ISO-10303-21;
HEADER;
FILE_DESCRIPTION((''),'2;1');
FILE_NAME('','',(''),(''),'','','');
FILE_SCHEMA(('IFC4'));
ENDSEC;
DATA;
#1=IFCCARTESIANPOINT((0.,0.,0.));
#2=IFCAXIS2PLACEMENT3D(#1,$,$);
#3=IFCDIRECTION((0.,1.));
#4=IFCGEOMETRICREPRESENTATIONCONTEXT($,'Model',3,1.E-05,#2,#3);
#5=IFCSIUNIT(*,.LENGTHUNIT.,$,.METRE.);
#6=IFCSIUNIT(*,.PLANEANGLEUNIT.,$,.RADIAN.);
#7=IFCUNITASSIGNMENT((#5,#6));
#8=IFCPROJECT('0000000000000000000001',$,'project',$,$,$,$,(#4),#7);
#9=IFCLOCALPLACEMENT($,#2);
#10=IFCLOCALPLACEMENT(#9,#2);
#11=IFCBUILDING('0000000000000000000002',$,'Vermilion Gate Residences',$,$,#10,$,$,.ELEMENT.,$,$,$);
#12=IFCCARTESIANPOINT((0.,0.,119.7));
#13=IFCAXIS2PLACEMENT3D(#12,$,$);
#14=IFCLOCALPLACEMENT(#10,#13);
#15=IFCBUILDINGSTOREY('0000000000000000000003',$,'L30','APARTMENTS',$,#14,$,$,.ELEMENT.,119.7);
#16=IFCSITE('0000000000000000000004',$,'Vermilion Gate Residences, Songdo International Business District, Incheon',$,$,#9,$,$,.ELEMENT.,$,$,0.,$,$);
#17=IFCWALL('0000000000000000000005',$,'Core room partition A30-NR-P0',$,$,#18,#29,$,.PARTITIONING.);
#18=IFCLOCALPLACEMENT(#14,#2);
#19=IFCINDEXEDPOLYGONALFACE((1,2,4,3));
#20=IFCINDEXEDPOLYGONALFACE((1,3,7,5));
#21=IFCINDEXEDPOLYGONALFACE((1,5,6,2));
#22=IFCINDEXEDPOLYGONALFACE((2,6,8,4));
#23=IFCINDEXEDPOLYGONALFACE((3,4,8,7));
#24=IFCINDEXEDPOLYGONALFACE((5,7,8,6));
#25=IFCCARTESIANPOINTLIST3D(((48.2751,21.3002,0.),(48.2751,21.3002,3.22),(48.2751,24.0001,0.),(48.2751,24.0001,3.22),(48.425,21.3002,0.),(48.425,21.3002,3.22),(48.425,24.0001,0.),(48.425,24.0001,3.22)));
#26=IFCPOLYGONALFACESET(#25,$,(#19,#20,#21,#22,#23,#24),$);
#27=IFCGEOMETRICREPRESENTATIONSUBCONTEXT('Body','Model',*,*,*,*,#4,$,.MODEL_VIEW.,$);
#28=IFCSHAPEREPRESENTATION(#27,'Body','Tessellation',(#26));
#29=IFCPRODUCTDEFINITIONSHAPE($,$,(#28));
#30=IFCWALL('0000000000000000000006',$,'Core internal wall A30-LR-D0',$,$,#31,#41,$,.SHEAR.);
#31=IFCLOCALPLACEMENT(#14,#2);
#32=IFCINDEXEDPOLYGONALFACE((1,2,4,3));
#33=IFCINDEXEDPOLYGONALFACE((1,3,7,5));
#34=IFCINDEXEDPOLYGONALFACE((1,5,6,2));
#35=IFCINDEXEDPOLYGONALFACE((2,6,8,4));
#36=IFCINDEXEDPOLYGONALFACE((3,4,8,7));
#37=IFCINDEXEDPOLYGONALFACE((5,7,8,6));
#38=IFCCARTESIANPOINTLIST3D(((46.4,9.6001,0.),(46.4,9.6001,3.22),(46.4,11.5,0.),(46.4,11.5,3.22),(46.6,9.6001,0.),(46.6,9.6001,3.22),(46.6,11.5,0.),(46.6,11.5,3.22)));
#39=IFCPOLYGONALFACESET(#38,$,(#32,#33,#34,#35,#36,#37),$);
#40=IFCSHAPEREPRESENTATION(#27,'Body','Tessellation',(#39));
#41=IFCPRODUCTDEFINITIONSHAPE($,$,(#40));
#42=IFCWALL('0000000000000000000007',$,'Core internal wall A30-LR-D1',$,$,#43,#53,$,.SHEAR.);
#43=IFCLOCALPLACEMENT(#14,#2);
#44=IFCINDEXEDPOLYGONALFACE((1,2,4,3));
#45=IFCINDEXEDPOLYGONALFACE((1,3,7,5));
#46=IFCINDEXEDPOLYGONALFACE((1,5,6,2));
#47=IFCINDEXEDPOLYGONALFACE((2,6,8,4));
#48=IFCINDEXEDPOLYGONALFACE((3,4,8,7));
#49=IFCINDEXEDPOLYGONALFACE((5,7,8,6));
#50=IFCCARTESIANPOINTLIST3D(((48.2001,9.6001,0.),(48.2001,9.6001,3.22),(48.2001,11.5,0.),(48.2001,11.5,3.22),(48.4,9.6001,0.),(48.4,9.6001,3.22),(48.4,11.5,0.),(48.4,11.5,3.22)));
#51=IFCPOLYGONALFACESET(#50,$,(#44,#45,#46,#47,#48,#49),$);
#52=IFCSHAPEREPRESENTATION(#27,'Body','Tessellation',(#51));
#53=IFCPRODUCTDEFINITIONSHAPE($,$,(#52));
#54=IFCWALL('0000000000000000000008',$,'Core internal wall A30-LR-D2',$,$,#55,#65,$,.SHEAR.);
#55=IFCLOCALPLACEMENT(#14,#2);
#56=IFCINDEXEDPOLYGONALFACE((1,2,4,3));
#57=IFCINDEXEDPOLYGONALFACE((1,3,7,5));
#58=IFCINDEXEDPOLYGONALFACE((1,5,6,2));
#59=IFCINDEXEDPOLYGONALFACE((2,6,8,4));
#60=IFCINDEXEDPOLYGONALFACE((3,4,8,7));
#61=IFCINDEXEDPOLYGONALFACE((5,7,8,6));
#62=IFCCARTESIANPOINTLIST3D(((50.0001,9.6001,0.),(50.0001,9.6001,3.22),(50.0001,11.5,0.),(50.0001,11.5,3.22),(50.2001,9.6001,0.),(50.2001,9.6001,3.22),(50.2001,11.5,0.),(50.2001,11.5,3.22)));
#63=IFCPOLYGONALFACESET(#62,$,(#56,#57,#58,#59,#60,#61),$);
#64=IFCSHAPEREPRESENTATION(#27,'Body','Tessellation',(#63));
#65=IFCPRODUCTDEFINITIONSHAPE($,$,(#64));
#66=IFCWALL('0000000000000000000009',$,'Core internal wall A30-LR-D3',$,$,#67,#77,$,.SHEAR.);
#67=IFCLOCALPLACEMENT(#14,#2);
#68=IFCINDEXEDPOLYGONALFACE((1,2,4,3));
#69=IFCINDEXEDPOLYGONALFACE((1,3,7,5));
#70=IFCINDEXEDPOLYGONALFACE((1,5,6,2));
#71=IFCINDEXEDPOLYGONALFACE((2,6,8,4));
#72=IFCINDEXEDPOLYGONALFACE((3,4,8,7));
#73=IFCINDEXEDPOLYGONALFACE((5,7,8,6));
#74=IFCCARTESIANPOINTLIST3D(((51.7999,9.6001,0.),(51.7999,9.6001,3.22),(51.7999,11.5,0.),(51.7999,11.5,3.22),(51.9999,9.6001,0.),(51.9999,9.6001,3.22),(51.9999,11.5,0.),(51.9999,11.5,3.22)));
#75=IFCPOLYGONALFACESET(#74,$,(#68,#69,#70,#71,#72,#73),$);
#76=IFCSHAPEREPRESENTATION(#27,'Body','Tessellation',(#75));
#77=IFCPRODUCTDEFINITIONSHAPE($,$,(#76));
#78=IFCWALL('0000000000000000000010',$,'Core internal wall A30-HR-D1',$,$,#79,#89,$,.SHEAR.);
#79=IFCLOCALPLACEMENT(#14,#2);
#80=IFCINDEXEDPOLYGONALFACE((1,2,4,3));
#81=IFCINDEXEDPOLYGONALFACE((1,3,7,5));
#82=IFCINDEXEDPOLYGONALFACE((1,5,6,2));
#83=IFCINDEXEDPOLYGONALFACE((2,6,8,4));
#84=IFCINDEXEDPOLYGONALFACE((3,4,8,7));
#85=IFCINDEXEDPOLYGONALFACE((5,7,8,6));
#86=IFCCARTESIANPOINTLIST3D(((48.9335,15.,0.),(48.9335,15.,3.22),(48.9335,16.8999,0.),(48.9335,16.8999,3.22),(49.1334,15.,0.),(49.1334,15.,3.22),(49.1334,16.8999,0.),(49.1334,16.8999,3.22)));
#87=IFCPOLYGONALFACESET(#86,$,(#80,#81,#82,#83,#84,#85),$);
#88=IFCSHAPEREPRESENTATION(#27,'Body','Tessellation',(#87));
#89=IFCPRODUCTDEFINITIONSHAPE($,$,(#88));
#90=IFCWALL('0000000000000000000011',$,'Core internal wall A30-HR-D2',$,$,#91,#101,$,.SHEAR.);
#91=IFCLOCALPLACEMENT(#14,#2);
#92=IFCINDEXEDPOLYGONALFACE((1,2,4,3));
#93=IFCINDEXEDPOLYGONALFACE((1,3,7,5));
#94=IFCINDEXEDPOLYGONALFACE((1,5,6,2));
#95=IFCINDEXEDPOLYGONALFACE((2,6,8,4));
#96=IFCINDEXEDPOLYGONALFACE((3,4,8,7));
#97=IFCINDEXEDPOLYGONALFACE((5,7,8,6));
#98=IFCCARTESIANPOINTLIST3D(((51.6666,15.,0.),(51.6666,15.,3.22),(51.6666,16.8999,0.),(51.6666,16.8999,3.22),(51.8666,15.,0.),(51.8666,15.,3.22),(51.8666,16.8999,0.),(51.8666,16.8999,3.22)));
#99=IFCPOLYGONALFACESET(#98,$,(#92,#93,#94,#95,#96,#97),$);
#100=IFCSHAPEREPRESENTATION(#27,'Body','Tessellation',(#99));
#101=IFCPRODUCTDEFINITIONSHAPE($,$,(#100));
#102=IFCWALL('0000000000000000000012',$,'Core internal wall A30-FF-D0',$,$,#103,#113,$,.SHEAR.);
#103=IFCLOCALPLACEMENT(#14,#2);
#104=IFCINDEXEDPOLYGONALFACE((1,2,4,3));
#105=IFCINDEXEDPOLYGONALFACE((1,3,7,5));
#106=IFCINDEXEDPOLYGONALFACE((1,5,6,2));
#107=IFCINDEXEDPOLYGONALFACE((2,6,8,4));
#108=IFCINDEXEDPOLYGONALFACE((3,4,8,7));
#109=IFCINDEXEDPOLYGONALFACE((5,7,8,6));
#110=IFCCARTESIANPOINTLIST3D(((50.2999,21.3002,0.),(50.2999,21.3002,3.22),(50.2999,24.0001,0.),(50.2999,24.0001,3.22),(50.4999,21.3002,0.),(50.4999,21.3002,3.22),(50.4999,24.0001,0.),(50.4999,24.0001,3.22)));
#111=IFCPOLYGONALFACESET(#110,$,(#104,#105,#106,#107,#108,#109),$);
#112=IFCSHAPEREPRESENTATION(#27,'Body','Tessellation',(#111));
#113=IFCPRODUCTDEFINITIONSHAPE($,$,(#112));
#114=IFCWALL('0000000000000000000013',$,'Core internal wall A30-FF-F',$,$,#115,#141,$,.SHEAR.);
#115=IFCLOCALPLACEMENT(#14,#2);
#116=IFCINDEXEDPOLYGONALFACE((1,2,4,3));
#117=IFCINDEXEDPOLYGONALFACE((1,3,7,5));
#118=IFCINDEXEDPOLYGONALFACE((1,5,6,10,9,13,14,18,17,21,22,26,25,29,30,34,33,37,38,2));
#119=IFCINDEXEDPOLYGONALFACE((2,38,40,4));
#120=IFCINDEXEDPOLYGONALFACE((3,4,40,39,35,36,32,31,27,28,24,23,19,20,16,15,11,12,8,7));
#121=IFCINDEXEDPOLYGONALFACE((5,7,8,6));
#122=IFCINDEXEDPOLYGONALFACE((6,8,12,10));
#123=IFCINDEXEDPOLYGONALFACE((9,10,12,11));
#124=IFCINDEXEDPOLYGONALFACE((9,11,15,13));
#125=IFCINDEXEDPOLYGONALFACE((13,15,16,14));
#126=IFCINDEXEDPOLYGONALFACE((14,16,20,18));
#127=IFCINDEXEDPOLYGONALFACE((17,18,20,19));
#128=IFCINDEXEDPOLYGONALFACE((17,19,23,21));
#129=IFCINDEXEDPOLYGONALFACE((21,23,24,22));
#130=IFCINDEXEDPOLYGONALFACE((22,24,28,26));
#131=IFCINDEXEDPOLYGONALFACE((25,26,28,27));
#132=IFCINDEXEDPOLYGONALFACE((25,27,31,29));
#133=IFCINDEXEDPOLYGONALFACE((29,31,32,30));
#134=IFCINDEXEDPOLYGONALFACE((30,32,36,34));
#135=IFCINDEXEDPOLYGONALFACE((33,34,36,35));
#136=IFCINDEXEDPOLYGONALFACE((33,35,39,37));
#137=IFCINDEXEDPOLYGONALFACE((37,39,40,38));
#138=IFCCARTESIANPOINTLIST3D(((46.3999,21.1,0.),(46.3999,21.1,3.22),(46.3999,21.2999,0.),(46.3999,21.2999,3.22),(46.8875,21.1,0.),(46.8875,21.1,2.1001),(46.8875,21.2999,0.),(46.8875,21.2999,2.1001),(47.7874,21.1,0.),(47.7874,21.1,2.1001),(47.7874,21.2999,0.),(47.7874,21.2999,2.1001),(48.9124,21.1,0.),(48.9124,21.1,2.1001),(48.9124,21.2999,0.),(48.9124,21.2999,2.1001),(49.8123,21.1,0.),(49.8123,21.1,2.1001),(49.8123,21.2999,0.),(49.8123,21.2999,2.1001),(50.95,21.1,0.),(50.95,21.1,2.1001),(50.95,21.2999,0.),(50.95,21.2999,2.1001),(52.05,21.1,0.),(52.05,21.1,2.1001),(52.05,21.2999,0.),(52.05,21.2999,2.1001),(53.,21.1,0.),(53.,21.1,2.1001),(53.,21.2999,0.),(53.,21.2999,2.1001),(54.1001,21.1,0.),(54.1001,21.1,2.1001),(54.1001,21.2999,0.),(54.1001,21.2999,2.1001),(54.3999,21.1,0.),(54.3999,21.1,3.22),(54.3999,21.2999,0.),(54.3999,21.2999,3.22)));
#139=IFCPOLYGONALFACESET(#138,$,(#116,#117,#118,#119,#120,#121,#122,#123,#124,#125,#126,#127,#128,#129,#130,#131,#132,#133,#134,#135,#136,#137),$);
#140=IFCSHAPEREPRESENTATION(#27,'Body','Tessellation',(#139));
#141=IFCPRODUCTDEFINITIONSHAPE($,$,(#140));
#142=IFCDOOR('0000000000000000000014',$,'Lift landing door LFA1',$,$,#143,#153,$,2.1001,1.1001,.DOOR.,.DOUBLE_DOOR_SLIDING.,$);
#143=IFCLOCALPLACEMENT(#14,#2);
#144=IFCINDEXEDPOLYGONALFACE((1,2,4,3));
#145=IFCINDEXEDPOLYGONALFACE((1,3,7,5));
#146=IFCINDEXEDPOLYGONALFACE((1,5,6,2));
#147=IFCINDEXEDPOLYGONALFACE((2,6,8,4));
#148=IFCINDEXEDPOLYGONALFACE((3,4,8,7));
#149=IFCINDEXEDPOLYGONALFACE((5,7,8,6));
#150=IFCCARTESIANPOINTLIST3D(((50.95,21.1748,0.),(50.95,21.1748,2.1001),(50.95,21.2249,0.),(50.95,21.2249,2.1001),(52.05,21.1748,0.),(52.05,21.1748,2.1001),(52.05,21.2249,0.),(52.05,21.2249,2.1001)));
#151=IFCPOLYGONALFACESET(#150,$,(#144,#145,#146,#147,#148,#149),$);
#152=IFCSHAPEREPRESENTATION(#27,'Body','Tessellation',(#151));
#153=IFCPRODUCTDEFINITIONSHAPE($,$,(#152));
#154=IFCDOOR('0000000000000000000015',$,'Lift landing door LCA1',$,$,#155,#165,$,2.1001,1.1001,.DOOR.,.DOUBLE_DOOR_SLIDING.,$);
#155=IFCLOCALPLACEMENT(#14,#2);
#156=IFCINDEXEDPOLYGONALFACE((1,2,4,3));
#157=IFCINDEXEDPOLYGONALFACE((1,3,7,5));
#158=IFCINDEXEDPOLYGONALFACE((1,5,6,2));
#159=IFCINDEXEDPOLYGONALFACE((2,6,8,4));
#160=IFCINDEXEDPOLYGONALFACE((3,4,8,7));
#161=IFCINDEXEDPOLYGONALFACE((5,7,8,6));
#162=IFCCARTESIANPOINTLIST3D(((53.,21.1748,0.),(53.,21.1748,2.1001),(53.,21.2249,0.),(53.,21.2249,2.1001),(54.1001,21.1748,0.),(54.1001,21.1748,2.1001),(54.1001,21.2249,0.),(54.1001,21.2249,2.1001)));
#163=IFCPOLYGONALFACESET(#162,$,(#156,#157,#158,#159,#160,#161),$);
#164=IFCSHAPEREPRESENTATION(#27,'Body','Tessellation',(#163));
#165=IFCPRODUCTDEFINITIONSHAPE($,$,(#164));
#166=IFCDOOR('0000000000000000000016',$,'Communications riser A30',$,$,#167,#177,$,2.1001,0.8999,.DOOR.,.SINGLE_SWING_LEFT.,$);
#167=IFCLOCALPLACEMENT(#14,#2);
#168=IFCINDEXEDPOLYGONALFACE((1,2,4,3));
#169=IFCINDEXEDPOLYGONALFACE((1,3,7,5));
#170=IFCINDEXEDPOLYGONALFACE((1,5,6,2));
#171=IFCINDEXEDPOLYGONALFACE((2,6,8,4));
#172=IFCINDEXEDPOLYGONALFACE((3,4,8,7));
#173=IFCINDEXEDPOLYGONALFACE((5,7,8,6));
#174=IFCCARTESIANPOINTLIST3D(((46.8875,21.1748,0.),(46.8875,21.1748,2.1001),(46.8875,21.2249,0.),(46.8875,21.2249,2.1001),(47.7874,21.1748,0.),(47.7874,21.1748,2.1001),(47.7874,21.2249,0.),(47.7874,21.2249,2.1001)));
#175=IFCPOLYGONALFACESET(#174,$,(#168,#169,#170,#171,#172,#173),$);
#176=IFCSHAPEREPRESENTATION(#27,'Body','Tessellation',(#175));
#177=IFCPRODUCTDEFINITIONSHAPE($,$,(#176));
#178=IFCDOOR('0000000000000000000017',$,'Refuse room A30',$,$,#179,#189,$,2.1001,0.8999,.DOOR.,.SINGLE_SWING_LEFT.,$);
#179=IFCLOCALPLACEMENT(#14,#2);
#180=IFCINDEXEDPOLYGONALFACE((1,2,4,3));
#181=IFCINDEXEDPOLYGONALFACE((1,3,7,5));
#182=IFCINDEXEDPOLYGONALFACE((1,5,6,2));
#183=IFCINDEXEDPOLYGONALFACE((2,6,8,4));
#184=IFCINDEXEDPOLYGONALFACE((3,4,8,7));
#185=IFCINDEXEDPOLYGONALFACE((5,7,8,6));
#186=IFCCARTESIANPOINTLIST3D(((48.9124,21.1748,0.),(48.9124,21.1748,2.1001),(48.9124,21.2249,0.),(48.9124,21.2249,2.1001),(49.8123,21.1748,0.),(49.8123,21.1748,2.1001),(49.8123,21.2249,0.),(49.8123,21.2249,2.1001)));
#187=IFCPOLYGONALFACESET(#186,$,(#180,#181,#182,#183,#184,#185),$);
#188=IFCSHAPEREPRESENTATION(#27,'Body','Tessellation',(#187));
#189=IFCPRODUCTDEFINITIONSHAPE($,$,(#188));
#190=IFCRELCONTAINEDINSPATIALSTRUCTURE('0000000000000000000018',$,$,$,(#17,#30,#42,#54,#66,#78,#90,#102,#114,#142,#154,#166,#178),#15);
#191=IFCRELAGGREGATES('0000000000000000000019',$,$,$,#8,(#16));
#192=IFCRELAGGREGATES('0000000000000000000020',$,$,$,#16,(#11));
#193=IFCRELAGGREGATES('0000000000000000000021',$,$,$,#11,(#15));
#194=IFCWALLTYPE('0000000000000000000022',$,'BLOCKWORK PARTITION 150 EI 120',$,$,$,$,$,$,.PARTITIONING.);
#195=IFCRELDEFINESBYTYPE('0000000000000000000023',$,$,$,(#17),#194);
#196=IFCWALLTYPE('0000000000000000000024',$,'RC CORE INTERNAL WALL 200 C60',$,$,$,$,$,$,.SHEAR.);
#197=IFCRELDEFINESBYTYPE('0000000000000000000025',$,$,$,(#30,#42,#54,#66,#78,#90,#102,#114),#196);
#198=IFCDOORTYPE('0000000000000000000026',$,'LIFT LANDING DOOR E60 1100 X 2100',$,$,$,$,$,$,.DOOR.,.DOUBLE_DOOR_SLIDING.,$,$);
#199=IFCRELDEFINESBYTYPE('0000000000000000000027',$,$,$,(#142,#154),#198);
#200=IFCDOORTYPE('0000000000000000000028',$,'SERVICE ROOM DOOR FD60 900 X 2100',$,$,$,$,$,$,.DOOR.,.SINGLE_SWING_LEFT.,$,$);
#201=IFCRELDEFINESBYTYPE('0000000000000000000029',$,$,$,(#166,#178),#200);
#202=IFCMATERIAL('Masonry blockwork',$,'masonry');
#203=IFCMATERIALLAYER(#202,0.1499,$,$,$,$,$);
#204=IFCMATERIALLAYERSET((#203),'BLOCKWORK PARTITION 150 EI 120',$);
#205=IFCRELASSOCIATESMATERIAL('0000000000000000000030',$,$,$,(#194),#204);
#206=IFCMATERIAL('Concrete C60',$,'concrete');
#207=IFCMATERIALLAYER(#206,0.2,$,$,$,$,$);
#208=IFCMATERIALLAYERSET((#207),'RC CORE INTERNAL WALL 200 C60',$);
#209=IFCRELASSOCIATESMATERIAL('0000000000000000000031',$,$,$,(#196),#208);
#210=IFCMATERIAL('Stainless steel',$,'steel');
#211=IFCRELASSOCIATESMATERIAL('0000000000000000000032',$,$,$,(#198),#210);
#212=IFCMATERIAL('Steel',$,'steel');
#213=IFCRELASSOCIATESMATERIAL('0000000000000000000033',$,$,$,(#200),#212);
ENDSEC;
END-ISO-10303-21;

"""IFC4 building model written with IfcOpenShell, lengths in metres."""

from ifc_helpers import new_model, si_unit, direction, frame, frame_2d, origin, place, context, subcontext, project, spatial, rectangle, extrude, material, layer, layer_set, type_object, element, fill, save


model = new_model("IFC4")

# Units and contexts
model_context = context("Model", 3, precision=1e-05, world=origin(), true_north=direction((0.0, 1.0)))
body_context = subcontext(model_context, "Body", "Model", "MODEL_VIEW")
ifc_project = project(units=[si_unit("LENGTHUNIT", "METRE"), si_unit("PLANEANGLEUNIT", "RADIAN")], contexts=[model_context])

# Site, building, storey
site_placement = place(None, origin())
site = spatial("IfcSite", under=ifc_project, at=site_placement, Name="Vermilion Gate Residences, Songdo International Business District, Incheon", CompositionType="ELEMENT", RefElevation=0.0)
building_placement = place(site_placement, origin())
building = spatial("IfcBuilding", under=site, at=building_placement, Name="Vermilion Gate Residences", CompositionType="ELEMENT")
storey_placement = place(building_placement, frame((0.0, 0.0, 119.7)))
storey = spatial("IfcBuildingStorey", under=building, at=storey_placement, Name="L30", Description="APARTMENTS", CompositionType="ELEMENT", Elevation=119.7)

# Walls
ifc_material_1 = material(Name="Masonry blockwork", Category="masonry")
ifc_layer_1 = layer(ifc_material_1, 0.1499)
ifc_layer_set_1 = layer_set([ifc_layer_1], Name="BLOCKWORK PARTITION 150 EI 120")
wall_type_1 = type_object("IfcWallType", Name="BLOCKWORK PARTITION 150 EI 120", PredefinedType="PARTITIONING", material=ifc_layer_set_1)
wall_1_placement = place(storey_placement, frame((48.3501, 21.3, 0.0), z_axis=(0.0, 0.0, 1.0), x_axis=(0.0, 1.0, 0.0)))
element("IfcWall", 1, at=wall_1_placement, inside=storey, type_object=wall_type_1, Name="Core room partition A30-NR-P0", PredefinedType="PARTITIONING", context=body_context, shape_type="SweptSolid", body=[
    extrude(rectangle(XDim=2.7, YDim=0.1499, at=frame_2d((1.3501, 0.0))), origin(), (0.0, 0.0, 1.0), 3.22),
])
ifc_material_2 = material(Name="Concrete C60", Category="concrete")
ifc_layer_2 = layer(ifc_material_2, 0.2)
ifc_layer_set_2 = layer_set([ifc_layer_2], Name="RC CORE INTERNAL WALL 200 C60")
wall_type_2 = type_object("IfcWallType", Name="RC CORE INTERNAL WALL 200 C60", PredefinedType="SHEAR", material=ifc_layer_set_2)
for number, where, z_axis, x_axis, name in (
    (2, (46.5, 9.6001, 0.0), (0.0, 0.0, 1.0), (0.0, 1.0, 0.0), "Core internal wall A30-LR-D0"),
    (3, (48.3, 9.6001, 0.0), (0.0, 0.0, 1.0), (0.0, 1.0, 0.0), "Core internal wall A30-LR-D1"),
    (4, (50.1001, 9.6001, 0.0), (0.0, 0.0, 1.0), (0.0, 1.0, 0.0), "Core internal wall A30-LR-D2"),
    (5, (51.8999, 9.6001, 0.0), (0.0, 0.0, 1.0), (0.0, 1.0, 0.0), "Core internal wall A30-LR-D3"),
    (6, (49.0334, 15.0, 0.0), (0.0, 0.0, 1.0), (0.0, 1.0, 0.0), "Core internal wall A30-HR-D1"),
    (7, (51.7666, 15.0, 0.0), (0.0, 0.0, 1.0), (0.0, 1.0, 0.0), "Core internal wall A30-HR-D2"),
):
    element("IfcWall", number, at=place(storey_placement, frame(where, z_axis=z_axis, x_axis=x_axis)), inside=storey, type_object=wall_type_2, Name=name, PredefinedType="SHEAR", context=body_context, shape_type="SweptSolid", body=[
        extrude(rectangle(XDim=1.8999, YDim=0.2, at=frame_2d((0.95, 0.0))), origin(), (0.0, 0.0, 1.0), 3.22),
    ])
wall_2_placement = place(storey_placement, frame((50.3999, 21.3, 0.0), z_axis=(0.0, 0.0, 1.0), x_axis=(0.0, 1.0, 0.0)))
element("IfcWall", 8, at=wall_2_placement, inside=storey, type_object=wall_type_2, Name="Core internal wall A30-FF-D0", PredefinedType="SHEAR", context=body_context, shape_type="SweptSolid", body=[
    extrude(rectangle(XDim=2.7, YDim=0.2, at=frame_2d((1.3501, 0.0))), origin(), (0.0, 0.0, 1.0), 3.22),
])

# Wall, openings, doors
wall_3_placement = place(storey_placement, frame((46.3999, 21.2, 0.0), z_axis=(0.0, 0.0, 1.0), x_axis=(1.0, 0.0, 0.0)))
wall_3 = element("IfcWall", 9, at=wall_3_placement, inside=storey, type_object=wall_type_2, Name="Core internal wall A30-FF-F", PredefinedType="SHEAR", context=body_context, shape_type="SweptSolid", body=[
    extrude(rectangle(XDim=8.0, YDim=0.2, at=frame_2d((4.0, 0.0))), origin(), (0.0, 0.0, 1.0), 3.22),
])
opening_1_placement = place(wall_3_placement, frame((0.4875, 0.0, 0.0)))
opening_1 = element("IfcOpeningElement", 10, at=opening_1_placement, cuts=wall_3, PredefinedType="OPENING", context=body_context, shape_type="SweptSolid", body=[
    extrude(rectangle(XDim=0.8999, YDim=2.1001, at=frame_2d((0.45, 1.05))), frame((0.0, 0.1099, 0.0), z_axis=(0.0, -1.0, 0.0), x_axis=(1.0, 0.0, 0.0)), (0.0, 0.0, 1.0), 0.22),
])
opening_2_placement = place(wall_3_placement, frame((2.5125, 0.0, 0.0)))
opening_2 = element("IfcOpeningElement", 11, at=opening_2_placement, cuts=wall_3, PredefinedType="OPENING", context=body_context, shape_type="SweptSolid", body=[
    extrude(rectangle(XDim=0.8999, YDim=2.1001, at=frame_2d((0.45, 1.05))), frame((0.0, 0.1099, 0.0), z_axis=(0.0, -1.0, 0.0), x_axis=(1.0, 0.0, 0.0)), (0.0, 0.0, 1.0), 0.22),
])
opening_3_placement = place(wall_3_placement, frame((4.55, 0.0, 0.0)))
opening_3 = element("IfcOpeningElement", 12, at=opening_3_placement, cuts=wall_3, PredefinedType="OPENING", context=body_context, shape_type="SweptSolid", body=[
    extrude(rectangle(XDim=1.1001, YDim=2.1001, at=frame_2d((0.55, 1.05))), frame((0.0, 0.1099, 0.0), z_axis=(0.0, -1.0, 0.0), x_axis=(1.0, 0.0, 0.0)), (0.0, 0.0, 1.0), 0.22),
])
opening_4_placement = place(wall_3_placement, frame((6.6001, 0.0, 0.0)))
opening_4 = element("IfcOpeningElement", 13, at=opening_4_placement, cuts=wall_3, PredefinedType="OPENING", context=body_context, shape_type="SweptSolid", body=[
    extrude(rectangle(XDim=1.1001, YDim=2.1001, at=frame_2d((0.55, 1.05))), frame((0.0, 0.1099, 0.0), z_axis=(0.0, -1.0, 0.0), x_axis=(1.0, 0.0, 0.0)), (0.0, 0.0, 1.0), 0.22),
])
ifc_material_3 = material(Name="Stainless steel", Category="steel")
door_type_1 = type_object("IfcDoorType", Name="LIFT LANDING DOOR E60 1100 X 2100", OperationType="DOUBLE_DOOR_SLIDING", PredefinedType="DOOR", material=ifc_material_3)
door_1_placement = place(opening_3_placement, origin())
door_1 = element("IfcDoor", 14, at=door_1_placement, inside=storey, type_object=door_type_1, Name="Lift landing door LFA1", OperationType="DOUBLE_DOOR_SLIDING", OverallHeight=2.1001, OverallWidth=1.1001, PredefinedType="DOOR", context=body_context, shape_type="SweptSolid", body=[
    extrude(rectangle(XDim=1.1001, YDim=2.1001, at=frame_2d((0.55, 1.05))), frame((0.0, 0.0249, 0.0), z_axis=(0.0, -1.0, 0.0), x_axis=(1.0, 0.0, 0.0)), (0.0, 0.0, 1.0), 0.05),
])
fill(opening_3, door_1)
door_2_placement = place(opening_4_placement, origin())
door_2 = element("IfcDoor", 15, at=door_2_placement, inside=storey, type_object=door_type_1, Name="Lift landing door LCA1", OperationType="DOUBLE_DOOR_SLIDING", OverallHeight=2.1001, OverallWidth=1.1001, PredefinedType="DOOR", context=body_context, shape_type="SweptSolid", body=[
    extrude(rectangle(XDim=1.1001, YDim=2.1001, at=frame_2d((0.55, 1.05))), frame((0.0, 0.0249, 0.0), z_axis=(0.0, -1.0, 0.0), x_axis=(1.0, 0.0, 0.0)), (0.0, 0.0, 1.0), 0.05),
])
fill(opening_4, door_2)
ifc_material_4 = material(Name="Steel", Category="steel")
door_type_2 = type_object("IfcDoorType", Name="SERVICE ROOM DOOR FD60 900 X 2100", OperationType="SINGLE_SWING_LEFT", PredefinedType="DOOR", material=ifc_material_4)
door_3_placement = place(opening_1_placement, origin())
door_3 = element("IfcDoor", 16, at=door_3_placement, inside=storey, type_object=door_type_2, Name="Communications riser A30", OperationType="SINGLE_SWING_LEFT", OverallHeight=2.1001, OverallWidth=0.8999, PredefinedType="DOOR", context=body_context, shape_type="SweptSolid", body=[
    extrude(rectangle(XDim=0.8999, YDim=2.1001, at=frame_2d((0.45, 1.05))), frame((0.0, 0.0249, 0.0), z_axis=(0.0, -1.0, 0.0), x_axis=(1.0, 0.0, 0.0)), (0.0, 0.0, 1.0), 0.05),
])
fill(opening_1, door_3)
door_4_placement = place(opening_2_placement, origin())
door_4 = element("IfcDoor", 17, at=door_4_placement, inside=storey, type_object=door_type_2, Name="Refuse room A30", OperationType="SINGLE_SWING_LEFT", OverallHeight=2.1001, OverallWidth=0.8999, PredefinedType="DOOR", context=body_context, shape_type="SweptSolid", body=[
    extrude(rectangle(XDim=0.8999, YDim=2.1001, at=frame_2d((0.45, 1.05))), frame((0.0, 0.0249, 0.0), z_axis=(0.0, -1.0, 0.0), x_axis=(1.0, 0.0, 0.0)), (0.0, 0.0, 1.0), 0.05),
])
fill(opening_2, door_4)

save(model, "model.ifc")
